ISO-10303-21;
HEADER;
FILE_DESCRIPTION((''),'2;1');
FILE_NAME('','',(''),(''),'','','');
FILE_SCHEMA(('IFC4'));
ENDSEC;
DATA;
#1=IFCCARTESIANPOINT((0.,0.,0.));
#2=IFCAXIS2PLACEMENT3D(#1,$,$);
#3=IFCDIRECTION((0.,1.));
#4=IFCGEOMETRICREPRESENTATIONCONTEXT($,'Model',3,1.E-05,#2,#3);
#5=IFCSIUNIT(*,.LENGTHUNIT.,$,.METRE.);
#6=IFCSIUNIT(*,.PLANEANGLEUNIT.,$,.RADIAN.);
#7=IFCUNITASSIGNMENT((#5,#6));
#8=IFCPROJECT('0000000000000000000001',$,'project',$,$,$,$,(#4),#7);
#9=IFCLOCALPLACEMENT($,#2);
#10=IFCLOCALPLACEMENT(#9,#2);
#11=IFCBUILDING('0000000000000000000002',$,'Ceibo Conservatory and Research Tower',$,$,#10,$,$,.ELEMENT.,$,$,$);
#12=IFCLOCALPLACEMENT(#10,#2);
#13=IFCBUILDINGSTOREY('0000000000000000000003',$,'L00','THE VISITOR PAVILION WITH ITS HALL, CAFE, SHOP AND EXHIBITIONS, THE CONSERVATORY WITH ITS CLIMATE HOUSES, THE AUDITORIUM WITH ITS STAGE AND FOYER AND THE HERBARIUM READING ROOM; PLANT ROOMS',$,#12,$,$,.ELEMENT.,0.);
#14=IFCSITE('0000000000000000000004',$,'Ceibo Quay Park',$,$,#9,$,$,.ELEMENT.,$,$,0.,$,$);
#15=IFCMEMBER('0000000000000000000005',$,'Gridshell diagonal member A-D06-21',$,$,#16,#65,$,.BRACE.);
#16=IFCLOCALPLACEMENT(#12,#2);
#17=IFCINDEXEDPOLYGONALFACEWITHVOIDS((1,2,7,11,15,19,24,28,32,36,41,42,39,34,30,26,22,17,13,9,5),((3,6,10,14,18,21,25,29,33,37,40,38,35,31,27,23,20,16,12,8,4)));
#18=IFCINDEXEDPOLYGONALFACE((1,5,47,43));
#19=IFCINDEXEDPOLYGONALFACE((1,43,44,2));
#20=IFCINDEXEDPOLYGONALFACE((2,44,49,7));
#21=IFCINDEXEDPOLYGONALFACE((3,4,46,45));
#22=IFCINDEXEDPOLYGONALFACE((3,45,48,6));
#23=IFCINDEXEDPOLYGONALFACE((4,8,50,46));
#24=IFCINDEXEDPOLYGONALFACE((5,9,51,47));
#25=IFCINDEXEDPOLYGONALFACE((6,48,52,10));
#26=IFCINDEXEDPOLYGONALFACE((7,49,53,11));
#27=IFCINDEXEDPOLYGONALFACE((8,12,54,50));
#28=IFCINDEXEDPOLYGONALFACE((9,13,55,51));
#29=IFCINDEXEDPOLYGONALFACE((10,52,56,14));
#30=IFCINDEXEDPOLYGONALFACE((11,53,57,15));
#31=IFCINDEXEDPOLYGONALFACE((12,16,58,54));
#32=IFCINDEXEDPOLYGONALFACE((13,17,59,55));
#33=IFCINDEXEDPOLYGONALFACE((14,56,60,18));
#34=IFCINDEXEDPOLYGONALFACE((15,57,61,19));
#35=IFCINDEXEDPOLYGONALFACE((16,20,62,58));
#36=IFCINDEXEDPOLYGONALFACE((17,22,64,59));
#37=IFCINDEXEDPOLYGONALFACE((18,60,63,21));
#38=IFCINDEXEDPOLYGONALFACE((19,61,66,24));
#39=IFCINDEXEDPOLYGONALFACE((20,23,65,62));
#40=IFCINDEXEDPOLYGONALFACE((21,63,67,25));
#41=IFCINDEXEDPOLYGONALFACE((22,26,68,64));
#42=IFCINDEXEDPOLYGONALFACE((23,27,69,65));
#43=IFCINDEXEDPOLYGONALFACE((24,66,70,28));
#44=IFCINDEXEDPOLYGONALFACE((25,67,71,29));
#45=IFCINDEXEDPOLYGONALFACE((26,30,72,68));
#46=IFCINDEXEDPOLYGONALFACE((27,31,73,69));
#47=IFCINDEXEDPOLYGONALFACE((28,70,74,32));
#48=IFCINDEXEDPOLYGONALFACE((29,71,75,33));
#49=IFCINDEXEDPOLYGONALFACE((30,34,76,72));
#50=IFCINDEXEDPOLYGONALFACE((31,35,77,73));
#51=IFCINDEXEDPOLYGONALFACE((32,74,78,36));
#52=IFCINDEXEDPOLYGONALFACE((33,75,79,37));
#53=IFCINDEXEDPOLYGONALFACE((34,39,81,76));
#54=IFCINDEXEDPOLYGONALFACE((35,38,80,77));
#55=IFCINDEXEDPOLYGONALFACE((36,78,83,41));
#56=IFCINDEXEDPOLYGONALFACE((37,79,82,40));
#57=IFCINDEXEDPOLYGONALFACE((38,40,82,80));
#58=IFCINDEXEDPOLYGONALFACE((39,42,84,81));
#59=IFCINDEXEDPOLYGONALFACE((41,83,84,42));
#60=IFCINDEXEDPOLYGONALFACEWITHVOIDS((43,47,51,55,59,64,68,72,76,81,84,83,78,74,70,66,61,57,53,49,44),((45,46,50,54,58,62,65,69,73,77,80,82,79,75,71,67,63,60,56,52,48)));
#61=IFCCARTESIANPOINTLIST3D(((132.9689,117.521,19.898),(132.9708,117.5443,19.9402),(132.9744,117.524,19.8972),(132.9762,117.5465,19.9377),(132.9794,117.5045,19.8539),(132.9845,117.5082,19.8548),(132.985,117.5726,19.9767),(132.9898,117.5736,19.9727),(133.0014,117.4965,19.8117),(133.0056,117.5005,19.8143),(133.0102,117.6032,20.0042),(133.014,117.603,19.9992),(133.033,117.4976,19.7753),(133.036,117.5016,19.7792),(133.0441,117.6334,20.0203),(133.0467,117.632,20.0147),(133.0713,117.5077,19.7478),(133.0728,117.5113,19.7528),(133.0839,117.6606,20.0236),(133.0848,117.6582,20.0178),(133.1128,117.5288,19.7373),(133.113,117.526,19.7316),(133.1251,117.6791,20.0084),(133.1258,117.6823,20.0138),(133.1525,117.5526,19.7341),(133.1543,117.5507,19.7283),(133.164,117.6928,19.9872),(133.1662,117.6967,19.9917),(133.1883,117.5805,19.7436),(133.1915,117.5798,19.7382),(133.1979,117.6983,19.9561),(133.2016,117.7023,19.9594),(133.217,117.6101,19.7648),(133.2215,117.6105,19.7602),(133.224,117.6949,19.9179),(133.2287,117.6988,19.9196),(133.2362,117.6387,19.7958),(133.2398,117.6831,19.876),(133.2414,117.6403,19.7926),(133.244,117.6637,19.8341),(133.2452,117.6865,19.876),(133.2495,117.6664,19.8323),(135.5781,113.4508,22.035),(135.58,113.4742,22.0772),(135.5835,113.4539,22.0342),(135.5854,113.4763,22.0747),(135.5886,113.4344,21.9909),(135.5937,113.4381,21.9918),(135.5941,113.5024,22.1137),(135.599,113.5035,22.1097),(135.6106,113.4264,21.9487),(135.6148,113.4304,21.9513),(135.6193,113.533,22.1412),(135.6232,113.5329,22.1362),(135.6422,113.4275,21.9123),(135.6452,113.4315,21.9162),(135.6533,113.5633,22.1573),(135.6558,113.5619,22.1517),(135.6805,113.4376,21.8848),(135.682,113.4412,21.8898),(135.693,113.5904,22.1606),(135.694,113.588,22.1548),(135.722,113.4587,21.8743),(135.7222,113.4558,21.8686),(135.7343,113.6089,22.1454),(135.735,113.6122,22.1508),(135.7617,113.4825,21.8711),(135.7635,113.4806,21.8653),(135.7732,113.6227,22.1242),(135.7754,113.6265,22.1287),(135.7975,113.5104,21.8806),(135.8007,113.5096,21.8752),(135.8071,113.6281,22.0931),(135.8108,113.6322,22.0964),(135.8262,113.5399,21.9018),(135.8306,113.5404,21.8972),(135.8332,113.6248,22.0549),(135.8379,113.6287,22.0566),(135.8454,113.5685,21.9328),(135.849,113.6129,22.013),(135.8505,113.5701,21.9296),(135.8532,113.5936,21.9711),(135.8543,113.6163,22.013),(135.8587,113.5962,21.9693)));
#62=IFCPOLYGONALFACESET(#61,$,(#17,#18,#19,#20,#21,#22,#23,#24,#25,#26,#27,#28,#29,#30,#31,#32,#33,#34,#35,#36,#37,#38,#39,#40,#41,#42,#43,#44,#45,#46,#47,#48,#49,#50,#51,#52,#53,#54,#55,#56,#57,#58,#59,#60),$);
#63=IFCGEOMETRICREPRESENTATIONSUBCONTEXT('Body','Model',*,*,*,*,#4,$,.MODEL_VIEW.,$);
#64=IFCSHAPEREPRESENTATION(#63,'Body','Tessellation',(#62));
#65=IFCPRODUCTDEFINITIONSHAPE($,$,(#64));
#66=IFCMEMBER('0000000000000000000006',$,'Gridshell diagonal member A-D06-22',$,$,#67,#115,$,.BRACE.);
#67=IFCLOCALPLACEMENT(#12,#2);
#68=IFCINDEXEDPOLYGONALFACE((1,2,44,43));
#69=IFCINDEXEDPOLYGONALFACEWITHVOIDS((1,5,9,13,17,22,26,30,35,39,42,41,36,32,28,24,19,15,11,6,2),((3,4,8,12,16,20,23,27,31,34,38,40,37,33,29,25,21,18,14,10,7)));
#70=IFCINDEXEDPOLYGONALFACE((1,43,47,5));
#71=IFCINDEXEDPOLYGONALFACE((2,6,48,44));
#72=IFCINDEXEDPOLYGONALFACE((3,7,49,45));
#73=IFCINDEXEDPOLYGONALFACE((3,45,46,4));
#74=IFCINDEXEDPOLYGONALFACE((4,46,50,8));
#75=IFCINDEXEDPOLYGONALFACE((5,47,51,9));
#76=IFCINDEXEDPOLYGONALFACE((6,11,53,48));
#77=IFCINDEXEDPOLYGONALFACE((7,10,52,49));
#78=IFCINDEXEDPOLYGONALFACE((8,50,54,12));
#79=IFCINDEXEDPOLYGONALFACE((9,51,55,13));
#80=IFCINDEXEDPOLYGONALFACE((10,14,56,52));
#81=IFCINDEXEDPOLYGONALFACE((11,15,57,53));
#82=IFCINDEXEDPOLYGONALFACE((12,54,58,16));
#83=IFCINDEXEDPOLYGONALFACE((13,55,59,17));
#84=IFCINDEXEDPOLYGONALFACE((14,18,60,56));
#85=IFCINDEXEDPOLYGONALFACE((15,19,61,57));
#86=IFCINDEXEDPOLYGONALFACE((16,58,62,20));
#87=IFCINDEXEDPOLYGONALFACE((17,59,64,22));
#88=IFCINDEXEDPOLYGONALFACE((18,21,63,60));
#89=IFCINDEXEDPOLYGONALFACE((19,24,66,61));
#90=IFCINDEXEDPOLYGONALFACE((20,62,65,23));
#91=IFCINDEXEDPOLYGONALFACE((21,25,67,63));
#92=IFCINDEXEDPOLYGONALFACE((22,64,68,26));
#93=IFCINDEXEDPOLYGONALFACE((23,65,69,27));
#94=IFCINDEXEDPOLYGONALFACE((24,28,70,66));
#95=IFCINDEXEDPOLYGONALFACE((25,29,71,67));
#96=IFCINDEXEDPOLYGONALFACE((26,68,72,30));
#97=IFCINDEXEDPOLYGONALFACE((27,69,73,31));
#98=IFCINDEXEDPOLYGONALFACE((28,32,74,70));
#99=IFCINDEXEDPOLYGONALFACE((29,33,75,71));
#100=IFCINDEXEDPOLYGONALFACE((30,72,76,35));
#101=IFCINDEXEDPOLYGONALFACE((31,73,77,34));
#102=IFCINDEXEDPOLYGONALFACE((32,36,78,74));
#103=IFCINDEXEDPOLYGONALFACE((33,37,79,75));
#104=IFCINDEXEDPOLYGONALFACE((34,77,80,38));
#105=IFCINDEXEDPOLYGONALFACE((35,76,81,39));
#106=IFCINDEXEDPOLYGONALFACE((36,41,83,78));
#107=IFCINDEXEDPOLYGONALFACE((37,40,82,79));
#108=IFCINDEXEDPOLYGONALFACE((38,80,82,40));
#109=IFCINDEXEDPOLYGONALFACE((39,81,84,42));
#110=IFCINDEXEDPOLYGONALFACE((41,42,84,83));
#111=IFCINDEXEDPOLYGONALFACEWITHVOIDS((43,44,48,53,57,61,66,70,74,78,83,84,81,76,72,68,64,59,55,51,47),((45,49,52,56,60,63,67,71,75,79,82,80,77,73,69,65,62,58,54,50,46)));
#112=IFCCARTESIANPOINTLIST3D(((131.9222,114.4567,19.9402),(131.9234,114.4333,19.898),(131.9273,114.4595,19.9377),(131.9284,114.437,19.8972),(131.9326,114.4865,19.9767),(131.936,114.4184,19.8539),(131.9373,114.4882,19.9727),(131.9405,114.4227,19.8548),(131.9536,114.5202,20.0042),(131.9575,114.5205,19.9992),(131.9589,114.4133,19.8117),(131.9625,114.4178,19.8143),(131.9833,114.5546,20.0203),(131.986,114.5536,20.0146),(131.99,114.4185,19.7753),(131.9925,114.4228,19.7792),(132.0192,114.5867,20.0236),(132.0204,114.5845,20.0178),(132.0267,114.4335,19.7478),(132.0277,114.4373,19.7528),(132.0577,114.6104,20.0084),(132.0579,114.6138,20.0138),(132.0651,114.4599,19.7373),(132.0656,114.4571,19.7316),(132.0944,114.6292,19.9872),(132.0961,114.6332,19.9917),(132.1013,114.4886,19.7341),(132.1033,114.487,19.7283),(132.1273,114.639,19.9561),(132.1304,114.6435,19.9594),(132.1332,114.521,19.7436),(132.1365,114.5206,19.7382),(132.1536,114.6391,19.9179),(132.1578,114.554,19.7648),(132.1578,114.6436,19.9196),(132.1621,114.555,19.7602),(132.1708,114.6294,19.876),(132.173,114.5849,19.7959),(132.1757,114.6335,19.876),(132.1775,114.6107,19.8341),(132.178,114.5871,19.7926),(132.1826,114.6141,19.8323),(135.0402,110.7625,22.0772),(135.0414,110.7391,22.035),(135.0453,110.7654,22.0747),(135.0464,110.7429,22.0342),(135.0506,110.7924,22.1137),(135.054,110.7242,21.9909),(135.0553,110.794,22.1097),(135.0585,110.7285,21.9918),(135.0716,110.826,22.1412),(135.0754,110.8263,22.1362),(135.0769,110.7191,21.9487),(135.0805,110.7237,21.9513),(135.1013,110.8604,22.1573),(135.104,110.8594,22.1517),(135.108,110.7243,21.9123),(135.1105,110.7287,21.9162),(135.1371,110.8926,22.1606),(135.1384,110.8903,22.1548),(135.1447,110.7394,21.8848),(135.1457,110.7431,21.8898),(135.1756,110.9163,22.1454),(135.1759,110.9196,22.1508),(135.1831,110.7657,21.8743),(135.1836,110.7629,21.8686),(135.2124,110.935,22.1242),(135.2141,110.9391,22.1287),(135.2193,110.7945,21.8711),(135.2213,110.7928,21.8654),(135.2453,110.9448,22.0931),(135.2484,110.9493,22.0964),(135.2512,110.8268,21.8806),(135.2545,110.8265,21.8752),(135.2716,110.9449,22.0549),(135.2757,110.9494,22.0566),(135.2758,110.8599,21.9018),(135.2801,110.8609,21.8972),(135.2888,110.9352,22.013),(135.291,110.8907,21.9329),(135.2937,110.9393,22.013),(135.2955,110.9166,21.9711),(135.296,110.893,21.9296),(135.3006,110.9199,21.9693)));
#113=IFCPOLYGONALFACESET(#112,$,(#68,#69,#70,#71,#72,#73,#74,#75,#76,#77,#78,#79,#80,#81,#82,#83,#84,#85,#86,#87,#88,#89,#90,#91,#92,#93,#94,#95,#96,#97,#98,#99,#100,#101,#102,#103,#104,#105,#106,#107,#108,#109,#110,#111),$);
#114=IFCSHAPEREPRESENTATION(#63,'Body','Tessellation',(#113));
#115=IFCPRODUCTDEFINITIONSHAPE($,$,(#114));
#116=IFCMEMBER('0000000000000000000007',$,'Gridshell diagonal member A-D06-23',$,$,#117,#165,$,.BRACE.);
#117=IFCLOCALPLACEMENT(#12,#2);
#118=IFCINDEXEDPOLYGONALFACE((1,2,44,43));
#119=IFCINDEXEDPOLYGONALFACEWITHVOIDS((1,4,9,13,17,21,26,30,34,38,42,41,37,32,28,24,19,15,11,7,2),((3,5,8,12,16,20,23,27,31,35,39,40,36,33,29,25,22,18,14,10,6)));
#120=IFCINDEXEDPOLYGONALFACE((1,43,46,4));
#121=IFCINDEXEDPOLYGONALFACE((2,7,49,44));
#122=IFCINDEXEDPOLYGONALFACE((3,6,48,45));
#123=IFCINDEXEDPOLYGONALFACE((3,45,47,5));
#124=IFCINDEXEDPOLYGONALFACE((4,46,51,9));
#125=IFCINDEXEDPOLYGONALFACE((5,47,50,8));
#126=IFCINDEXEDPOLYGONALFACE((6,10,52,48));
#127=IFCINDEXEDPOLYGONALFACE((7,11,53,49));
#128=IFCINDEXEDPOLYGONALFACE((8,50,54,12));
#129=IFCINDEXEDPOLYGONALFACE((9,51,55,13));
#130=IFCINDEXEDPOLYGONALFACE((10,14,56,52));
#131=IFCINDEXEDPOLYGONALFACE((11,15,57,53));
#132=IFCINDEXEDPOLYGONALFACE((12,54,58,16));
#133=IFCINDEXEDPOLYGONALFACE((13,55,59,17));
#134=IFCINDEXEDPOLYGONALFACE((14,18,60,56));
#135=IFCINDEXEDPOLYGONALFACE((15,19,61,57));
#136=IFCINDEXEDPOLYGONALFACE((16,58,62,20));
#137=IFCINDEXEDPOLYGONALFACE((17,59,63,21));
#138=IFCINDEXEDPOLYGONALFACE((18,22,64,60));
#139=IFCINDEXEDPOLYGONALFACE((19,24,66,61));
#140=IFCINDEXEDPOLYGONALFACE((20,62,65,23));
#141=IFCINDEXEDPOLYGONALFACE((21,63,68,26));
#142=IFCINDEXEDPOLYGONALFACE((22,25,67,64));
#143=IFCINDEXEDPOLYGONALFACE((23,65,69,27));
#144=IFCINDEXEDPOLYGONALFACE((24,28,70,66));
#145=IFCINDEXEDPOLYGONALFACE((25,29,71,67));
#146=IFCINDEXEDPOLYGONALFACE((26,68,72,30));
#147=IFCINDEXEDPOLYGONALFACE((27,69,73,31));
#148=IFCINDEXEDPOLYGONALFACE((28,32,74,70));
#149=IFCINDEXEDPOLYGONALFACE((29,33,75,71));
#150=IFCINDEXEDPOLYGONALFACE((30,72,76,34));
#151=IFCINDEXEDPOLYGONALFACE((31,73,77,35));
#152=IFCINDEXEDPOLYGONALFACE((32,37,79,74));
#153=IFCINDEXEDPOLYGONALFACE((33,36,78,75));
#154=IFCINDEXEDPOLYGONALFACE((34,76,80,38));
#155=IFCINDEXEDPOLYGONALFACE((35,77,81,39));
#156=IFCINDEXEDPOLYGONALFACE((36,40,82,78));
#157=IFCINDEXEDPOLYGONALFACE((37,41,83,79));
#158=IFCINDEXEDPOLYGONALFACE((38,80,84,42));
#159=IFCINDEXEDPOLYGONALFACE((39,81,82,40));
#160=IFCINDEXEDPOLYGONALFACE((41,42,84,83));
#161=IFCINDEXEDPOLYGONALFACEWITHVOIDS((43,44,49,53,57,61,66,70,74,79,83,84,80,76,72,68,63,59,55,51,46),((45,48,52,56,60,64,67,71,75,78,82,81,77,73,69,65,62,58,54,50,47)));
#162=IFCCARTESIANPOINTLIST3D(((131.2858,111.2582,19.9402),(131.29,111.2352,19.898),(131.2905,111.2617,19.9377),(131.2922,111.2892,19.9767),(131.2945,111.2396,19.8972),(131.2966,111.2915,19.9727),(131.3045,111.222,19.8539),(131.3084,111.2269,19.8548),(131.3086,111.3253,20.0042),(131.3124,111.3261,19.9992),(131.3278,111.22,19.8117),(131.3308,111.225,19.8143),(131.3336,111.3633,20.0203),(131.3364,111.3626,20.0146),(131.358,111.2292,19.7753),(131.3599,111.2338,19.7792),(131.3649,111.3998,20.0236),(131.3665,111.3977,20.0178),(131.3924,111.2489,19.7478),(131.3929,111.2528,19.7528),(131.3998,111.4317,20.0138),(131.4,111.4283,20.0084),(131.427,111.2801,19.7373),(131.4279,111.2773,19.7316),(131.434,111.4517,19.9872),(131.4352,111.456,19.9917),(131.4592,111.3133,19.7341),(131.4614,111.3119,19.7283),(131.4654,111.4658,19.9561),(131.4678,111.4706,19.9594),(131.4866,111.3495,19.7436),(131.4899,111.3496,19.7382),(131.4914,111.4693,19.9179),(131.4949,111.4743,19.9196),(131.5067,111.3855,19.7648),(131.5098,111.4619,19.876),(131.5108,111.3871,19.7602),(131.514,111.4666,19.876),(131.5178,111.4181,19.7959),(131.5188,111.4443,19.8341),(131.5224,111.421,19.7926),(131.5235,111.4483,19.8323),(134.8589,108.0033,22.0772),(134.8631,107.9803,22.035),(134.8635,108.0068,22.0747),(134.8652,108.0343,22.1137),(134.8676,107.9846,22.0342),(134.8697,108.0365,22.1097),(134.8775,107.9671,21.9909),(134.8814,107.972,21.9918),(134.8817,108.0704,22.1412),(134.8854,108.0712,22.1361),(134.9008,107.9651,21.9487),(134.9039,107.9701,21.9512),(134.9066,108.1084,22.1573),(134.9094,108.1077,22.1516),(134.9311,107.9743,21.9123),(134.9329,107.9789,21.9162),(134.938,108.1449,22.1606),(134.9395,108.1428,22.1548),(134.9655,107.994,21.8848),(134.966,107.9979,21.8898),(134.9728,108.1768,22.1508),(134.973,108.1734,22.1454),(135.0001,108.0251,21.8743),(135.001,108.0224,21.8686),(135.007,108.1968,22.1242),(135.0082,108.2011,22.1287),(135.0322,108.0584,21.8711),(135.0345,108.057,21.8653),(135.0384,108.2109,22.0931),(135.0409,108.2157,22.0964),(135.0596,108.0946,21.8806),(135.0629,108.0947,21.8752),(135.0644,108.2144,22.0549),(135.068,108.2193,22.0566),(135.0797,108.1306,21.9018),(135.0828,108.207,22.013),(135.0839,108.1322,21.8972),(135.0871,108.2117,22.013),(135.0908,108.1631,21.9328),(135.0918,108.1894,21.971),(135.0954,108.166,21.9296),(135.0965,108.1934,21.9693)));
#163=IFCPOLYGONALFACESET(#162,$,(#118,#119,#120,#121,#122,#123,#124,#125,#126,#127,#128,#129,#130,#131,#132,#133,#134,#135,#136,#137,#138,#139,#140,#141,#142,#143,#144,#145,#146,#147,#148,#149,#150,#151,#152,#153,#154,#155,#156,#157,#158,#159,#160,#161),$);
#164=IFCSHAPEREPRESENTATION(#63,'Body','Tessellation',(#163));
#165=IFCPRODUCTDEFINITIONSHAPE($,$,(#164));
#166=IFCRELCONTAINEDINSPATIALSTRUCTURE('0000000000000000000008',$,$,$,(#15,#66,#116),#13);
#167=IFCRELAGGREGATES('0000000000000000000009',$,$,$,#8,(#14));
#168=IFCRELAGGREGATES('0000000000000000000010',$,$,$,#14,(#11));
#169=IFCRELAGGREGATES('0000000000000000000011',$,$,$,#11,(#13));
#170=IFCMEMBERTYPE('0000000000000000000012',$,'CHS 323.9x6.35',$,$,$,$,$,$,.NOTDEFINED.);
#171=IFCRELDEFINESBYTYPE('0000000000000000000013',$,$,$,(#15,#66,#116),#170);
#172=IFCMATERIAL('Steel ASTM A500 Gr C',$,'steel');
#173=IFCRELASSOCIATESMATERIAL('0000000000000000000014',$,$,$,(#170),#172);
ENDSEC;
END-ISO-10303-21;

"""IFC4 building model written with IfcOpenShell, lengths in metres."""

from ifc_helpers import new_model, si_unit, direction, frame, origin, origin_2d, place, context, subcontext, project, spatial, hollow_circle, extrude, material, material_profile, profile_set, type_object, element, save


model = new_model("IFC4")

# Units and contexts
model_context = context("Model", 3, precision=1e-05, world=origin(), true_north=direction((0.0, 1.0)))
body_context = subcontext(model_context, "Body", "Model", "MODEL_VIEW")
ifc_project = project(units=[si_unit("LENGTHUNIT", "METRE"), si_unit("PLANEANGLEUNIT", "RADIAN")], contexts=[model_context])

# Site, building, storey
site_placement = place(None, origin())
site = spatial("IfcSite", under=ifc_project, at=site_placement, Name="Ceibo Quay Park", CompositionType="ELEMENT", RefElevation=0.0)
building_placement = place(site_placement, origin())
building = spatial("IfcBuilding", under=site, at=building_placement, Name="Ceibo Conservatory and Research Tower", CompositionType="ELEMENT")
storey_placement = place(building_placement, origin())
storey = spatial("IfcBuildingStorey", under=building, at=storey_placement, Name="L00", Description="THE VISITOR PAVILION WITH ITS HALL, CAFE, SHOP AND EXHIBITIONS, THE CONSERVATORY WITH ITS CLIMATE HOUSES, THE AUDITORIUM WITH ITS STAGE AND FOYER AND THE HERBARIUM READING ROOM; PLANT ROOMS", CompositionType="ELEMENT", Elevation=0.0)

# Members
ifc_material_1 = material(Name="Steel ASTM A500 Gr C", Category="steel")
ifc_material_profile_1 = material_profile(ifc_material_1, hollow_circle(Radius=0.1619, WallThickness=0.0063, at=origin_2d()), Name="CHS 323.9x6.35")
ifc_profile_set_1 = profile_set([ifc_material_profile_1], Name="Steel ASTM A500 Gr C")
member_type_1 = type_object("IfcMemberType", Name="CHS 323.9x6.35", PredefinedType="NOTDEFINED", material=ifc_profile_set_1)
member_1_placement = place(storey_placement, frame((133.1089, 117.5991, 19.876), z_axis=(0.493612, -0.770001, 0.404284), x_axis=(0.841869, 0.539683, 0.0)))
element("IfcMember", 1, at=member_1_placement, inside=storey, type_object=member_type_1, Name="Gridshell diagonal member A-D06-21", PredefinedType="BRACE", context=body_context, shape_type="SweptSolid", body=[
    extrude(hollow_circle(Radius=0.1619, WallThickness=0.0063, at=origin_2d()), origin(), (0.0, 0.0, 1.0), 5.2859),
])
member_2_placement = place(storey_placement, frame((132.052, 114.5291, 19.876), z_axis=(0.589923, -0.698938, 0.404322), x_axis=(0.764186, 0.644995, 0.0)))
element("IfcMember", 2, at=member_2_placement, inside=storey, type_object=member_type_1, Name="Gridshell diagonal member A-D06-22", PredefinedType="BRACE", context=body_context, shape_type="SweptSolid", body=[
    extrude(hollow_circle(Radius=0.1619, WallThickness=0.0063, at=origin_2d()), origin(), (0.0, 0.0, 1.0), 5.2854),
])
member_3_placement = place(storey_placement, frame((131.405, 111.3469, 19.876), z_axis=(0.676113, -0.615916, 0.404374), x_axis=(0.673432, 0.739249, 0.0)))
element("IfcMember", 3, at=member_3_placement, inside=storey, type_object=member_type_1, Name="Gridshell diagonal member A-D06-23", PredefinedType="BRACE", context=body_context, shape_type="SweptSolid", body=[
    extrude(hollow_circle(Radius=0.1619, WallThickness=0.0063, at=origin_2d()), origin(), (0.0, 0.0, 1.0), 5.2847),
])

save(model, "model.ifc")
